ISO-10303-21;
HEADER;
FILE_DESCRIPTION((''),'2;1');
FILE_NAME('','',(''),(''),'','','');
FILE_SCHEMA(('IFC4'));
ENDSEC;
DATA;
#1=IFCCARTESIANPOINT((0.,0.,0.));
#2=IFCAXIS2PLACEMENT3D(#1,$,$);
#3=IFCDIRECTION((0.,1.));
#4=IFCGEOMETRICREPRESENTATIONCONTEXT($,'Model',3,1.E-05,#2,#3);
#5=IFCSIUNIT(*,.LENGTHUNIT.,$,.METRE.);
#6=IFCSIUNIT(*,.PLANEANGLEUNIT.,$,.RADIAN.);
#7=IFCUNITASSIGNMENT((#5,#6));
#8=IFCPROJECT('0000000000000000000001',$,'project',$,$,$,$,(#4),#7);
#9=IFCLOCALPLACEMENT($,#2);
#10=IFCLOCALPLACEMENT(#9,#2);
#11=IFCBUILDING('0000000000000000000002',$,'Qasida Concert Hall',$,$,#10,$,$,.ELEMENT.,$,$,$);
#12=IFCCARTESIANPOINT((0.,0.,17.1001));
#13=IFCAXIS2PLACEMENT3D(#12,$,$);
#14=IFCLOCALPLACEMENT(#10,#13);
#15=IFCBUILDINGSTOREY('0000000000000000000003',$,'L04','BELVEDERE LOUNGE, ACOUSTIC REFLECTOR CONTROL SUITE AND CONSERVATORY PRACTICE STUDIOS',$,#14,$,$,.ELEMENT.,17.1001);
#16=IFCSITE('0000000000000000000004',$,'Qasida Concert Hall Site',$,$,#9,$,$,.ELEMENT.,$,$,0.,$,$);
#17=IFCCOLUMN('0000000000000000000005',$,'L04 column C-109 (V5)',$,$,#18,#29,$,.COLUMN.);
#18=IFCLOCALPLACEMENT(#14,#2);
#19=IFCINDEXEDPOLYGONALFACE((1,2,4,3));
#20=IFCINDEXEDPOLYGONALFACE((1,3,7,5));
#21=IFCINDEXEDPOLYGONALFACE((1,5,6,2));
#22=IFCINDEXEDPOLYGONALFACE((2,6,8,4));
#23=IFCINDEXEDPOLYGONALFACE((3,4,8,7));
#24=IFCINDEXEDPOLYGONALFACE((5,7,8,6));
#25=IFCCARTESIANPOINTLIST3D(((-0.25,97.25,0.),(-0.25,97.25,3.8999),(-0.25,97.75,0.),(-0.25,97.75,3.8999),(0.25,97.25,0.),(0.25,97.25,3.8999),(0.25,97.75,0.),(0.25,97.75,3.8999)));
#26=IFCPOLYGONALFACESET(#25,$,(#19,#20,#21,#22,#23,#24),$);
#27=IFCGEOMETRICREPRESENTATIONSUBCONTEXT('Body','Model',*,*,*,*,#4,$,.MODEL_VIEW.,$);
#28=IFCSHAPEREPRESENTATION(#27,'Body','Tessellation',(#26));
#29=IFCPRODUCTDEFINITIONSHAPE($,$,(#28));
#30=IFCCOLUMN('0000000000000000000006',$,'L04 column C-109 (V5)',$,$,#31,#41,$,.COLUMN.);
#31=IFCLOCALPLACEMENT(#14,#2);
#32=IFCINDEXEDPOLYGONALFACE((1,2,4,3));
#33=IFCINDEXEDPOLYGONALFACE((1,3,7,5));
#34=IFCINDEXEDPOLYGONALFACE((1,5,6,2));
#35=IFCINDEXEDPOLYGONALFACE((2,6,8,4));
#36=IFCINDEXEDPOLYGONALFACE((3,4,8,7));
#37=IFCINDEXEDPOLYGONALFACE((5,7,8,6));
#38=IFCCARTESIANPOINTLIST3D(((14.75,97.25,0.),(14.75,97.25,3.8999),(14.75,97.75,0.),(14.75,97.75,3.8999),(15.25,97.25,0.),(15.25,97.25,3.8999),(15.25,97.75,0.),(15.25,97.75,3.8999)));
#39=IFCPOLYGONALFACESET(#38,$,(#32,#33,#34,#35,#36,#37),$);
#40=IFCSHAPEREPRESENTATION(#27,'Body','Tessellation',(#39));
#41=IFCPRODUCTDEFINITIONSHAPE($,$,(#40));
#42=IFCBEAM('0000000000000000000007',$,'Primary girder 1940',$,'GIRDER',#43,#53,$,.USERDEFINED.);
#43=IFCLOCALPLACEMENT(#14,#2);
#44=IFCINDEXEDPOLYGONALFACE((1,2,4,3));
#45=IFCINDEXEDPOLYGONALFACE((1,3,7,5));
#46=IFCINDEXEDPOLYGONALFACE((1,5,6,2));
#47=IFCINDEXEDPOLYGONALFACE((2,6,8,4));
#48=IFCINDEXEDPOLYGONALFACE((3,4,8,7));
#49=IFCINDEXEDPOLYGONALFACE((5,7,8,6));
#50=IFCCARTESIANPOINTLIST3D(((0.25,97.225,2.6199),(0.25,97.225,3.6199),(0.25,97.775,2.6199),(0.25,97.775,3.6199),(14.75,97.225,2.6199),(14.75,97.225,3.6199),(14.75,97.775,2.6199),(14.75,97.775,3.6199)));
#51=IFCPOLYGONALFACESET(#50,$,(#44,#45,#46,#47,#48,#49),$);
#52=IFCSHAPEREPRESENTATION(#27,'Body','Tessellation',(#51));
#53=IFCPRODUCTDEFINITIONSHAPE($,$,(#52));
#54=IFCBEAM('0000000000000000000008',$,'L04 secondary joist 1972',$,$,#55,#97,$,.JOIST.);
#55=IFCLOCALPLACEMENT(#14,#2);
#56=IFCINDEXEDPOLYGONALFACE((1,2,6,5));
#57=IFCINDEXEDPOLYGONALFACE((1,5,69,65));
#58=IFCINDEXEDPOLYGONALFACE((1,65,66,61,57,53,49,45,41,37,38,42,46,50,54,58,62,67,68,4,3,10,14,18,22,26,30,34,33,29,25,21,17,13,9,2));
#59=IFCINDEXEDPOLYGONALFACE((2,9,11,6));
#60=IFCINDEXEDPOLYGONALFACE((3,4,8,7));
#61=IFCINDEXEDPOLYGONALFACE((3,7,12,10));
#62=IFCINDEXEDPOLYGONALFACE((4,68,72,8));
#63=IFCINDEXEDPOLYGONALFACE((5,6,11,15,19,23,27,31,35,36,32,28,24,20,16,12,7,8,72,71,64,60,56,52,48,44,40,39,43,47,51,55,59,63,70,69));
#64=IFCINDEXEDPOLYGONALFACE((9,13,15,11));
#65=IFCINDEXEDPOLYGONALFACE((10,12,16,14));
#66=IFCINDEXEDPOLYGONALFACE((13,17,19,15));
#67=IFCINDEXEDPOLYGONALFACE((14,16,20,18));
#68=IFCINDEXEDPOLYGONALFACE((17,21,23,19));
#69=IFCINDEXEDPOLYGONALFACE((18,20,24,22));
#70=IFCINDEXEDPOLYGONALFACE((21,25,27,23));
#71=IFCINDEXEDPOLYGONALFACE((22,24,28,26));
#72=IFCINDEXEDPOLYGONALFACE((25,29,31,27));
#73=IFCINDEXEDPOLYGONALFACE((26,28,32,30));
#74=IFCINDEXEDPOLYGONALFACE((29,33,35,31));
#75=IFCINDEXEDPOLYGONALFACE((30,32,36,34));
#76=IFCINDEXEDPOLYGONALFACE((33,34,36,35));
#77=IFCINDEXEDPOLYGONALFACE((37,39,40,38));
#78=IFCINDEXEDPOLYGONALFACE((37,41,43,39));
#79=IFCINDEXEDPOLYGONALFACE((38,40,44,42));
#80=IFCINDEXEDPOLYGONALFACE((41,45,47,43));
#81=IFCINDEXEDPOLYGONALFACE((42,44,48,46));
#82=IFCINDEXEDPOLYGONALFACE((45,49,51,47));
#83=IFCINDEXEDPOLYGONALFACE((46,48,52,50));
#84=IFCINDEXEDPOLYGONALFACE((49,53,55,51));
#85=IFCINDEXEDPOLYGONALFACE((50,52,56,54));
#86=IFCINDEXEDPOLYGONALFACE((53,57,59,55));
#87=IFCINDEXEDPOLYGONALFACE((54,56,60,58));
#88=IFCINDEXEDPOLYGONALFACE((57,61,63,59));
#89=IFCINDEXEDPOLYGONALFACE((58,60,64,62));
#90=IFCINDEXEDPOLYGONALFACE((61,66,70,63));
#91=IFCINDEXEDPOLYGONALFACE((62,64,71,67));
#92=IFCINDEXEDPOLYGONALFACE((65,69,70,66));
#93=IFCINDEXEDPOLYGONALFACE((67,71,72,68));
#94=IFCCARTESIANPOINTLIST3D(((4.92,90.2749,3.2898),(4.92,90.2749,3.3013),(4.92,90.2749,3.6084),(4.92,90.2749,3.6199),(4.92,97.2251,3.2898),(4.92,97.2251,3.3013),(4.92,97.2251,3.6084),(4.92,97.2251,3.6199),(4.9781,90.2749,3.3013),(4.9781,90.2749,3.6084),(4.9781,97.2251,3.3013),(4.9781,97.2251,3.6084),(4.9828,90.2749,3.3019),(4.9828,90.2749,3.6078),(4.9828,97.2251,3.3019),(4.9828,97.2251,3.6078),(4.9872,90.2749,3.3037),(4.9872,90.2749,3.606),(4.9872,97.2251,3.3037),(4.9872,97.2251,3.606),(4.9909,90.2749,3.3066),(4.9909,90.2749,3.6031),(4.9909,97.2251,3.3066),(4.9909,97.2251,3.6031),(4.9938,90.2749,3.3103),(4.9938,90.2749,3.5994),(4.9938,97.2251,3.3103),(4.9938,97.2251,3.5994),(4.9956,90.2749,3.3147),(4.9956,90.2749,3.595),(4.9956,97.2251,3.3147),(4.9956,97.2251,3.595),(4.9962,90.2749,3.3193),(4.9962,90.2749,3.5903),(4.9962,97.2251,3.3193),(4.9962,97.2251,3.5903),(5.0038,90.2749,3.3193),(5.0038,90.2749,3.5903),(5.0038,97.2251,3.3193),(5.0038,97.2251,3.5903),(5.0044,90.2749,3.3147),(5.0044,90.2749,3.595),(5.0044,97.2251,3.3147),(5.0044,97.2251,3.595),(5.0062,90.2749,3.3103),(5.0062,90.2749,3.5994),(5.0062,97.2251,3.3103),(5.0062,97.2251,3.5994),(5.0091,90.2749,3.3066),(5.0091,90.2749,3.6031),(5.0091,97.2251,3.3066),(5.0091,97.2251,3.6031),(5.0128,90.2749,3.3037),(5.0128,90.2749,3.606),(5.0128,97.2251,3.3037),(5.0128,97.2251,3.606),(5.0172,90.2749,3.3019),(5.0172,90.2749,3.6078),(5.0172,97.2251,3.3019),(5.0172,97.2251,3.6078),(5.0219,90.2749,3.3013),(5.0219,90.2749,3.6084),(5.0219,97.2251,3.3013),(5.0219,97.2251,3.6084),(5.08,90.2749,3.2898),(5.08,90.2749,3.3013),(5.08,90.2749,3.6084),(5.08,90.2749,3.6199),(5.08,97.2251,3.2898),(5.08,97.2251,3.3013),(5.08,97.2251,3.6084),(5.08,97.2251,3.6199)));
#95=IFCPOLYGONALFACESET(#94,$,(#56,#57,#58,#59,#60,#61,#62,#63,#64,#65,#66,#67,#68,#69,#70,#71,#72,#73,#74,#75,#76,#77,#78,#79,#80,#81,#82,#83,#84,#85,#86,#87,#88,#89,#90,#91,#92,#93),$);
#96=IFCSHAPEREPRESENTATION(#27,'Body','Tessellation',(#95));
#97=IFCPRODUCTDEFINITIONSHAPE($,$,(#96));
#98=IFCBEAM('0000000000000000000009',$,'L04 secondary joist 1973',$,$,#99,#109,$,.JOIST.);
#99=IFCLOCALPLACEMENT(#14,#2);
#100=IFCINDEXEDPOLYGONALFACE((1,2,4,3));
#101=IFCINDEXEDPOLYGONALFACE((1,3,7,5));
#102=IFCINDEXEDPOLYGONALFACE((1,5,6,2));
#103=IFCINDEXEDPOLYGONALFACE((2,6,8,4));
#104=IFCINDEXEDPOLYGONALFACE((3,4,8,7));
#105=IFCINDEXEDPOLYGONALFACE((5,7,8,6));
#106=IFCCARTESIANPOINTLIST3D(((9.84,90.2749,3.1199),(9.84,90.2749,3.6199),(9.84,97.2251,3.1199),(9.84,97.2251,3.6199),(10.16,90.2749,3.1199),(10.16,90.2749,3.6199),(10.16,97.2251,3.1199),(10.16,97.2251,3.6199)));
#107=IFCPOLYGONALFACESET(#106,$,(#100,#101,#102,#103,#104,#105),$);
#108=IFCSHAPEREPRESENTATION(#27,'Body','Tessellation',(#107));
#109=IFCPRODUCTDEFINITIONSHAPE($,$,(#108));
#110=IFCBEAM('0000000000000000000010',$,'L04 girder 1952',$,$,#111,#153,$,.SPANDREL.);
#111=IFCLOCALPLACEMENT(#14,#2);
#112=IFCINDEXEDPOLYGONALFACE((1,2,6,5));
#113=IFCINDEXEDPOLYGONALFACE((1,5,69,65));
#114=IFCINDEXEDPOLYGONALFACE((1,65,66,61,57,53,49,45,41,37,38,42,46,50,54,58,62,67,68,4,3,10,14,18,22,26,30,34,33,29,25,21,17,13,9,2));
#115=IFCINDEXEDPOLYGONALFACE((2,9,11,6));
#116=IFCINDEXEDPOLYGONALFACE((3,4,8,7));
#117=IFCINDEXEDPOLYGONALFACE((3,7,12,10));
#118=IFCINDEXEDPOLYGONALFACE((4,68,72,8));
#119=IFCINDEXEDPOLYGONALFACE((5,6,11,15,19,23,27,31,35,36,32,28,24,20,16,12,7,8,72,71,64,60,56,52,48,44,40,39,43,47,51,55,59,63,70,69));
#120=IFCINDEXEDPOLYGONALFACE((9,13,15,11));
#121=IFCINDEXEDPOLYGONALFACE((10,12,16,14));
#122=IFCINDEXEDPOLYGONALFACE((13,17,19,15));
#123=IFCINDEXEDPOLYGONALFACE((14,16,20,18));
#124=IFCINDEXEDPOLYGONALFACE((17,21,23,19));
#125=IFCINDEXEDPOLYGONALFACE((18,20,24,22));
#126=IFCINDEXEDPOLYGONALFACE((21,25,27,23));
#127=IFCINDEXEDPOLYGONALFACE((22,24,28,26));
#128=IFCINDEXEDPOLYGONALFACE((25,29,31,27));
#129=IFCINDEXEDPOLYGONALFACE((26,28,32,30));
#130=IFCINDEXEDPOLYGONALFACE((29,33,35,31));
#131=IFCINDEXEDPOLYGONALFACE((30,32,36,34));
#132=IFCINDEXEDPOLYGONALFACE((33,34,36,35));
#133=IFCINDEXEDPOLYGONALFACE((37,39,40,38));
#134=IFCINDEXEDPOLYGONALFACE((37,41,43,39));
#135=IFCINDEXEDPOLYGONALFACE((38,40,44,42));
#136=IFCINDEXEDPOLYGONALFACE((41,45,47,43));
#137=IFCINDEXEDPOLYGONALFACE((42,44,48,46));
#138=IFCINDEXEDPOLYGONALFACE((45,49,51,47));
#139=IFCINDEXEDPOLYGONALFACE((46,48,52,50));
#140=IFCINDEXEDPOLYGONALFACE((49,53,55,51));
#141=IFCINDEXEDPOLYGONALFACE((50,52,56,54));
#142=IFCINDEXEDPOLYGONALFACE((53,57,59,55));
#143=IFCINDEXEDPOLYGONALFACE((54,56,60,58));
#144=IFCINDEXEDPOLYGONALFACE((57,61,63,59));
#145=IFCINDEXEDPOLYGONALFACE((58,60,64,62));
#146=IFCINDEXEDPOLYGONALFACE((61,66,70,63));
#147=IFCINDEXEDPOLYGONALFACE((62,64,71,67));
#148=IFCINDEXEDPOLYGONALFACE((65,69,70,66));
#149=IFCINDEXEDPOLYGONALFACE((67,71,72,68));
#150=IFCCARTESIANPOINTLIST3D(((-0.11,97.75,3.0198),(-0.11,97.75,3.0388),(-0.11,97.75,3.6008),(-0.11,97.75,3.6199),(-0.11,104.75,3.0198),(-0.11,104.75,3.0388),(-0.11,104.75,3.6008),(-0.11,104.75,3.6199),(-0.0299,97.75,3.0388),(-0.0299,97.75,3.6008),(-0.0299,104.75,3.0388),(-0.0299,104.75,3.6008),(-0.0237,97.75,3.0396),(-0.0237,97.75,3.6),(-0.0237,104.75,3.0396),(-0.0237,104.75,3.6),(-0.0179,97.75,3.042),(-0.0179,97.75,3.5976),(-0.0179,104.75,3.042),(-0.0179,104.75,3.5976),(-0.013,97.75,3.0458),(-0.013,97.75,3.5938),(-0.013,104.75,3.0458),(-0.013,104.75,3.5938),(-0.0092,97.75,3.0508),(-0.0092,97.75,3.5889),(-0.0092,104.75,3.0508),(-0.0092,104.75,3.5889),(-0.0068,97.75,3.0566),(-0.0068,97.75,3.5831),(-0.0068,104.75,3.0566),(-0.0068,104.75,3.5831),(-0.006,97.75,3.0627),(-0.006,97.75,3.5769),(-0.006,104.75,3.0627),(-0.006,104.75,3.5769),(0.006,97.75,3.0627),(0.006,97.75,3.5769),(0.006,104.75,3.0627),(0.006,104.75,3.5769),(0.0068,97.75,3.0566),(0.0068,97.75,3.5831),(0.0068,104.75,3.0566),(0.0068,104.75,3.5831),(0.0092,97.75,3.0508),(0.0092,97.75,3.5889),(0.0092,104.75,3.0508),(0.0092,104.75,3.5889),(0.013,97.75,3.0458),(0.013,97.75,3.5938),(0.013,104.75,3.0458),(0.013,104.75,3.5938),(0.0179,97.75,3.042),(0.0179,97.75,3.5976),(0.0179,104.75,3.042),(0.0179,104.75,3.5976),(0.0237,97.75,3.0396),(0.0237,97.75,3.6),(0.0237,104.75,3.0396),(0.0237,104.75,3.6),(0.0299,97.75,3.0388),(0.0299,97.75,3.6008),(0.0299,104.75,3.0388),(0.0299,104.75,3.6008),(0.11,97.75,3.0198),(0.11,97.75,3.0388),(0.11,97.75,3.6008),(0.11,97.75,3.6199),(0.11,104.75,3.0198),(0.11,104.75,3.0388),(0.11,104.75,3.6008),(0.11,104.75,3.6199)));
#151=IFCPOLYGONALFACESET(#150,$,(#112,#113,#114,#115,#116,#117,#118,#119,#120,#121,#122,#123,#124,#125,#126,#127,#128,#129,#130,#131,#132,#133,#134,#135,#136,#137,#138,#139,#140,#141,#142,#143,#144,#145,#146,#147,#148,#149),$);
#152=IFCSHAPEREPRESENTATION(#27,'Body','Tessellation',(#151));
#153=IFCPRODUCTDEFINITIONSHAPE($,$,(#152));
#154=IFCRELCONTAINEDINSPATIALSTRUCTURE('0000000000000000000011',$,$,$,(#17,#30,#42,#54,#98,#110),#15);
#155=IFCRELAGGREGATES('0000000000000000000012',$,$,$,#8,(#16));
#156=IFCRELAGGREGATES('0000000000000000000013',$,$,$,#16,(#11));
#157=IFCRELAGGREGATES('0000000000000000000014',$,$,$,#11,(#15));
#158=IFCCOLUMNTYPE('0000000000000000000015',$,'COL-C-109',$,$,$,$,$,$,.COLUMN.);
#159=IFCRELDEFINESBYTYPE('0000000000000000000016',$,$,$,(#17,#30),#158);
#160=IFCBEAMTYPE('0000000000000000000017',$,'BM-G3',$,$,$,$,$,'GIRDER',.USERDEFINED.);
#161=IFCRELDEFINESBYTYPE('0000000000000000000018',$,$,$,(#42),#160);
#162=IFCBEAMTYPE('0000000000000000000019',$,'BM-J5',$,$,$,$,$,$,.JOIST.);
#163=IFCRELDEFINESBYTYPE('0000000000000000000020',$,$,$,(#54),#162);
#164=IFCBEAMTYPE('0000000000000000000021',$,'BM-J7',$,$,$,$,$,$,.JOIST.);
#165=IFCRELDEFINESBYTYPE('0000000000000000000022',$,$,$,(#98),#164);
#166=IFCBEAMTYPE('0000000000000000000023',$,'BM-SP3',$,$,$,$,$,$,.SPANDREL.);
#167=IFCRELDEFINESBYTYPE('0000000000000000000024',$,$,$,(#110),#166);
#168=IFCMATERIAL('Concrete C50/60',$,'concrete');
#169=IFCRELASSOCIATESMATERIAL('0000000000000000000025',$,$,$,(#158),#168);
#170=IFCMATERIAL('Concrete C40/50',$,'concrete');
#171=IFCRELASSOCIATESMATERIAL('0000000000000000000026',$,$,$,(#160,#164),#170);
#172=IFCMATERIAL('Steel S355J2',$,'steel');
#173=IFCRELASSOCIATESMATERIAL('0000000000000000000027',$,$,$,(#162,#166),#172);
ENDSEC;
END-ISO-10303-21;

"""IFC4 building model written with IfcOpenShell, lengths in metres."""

from ifc_helpers import new_model, si_unit, direction, frame, origin, origin_2d, place, context, subcontext, project, spatial, rectangle, i_section, extrude, material, material_profile, profile_set, type_object, element, save


model = new_model("IFC4")

# Units and contexts
model_context = context("Model", 3, precision=1e-05, world=origin(), true_north=direction((0.0, 1.0)))
body_context = subcontext(model_context, "Body", "Model", "MODEL_VIEW")
ifc_project = project(units=[si_unit("LENGTHUNIT", "METRE"), si_unit("PLANEANGLEUNIT", "RADIAN")], contexts=[model_context])

# Site, building, storey
site_placement = place(None, origin())
site = spatial("IfcSite", under=ifc_project, at=site_placement, Name="Qasida Concert Hall Site", CompositionType="ELEMENT", RefElevation=0.0)
building_placement = place(site_placement, origin())
building = spatial("IfcBuilding", under=site, at=building_placement, Name="Qasida Concert Hall", CompositionType="ELEMENT")
storey_placement = place(building_placement, frame((0.0, 0.0, 17.1001)))
storey = spatial("IfcBuildingStorey", under=building, at=storey_placement, Name="L04", Description="BELVEDERE LOUNGE, ACOUSTIC REFLECTOR CONTROL SUITE AND CONSERVATORY PRACTICE STUDIOS", CompositionType="ELEMENT", Elevation=17.1001)

# Columns
ifc_material_1 = material(Name="Concrete C50/60", Category="concrete")
ifc_material_profile_1 = material_profile(ifc_material_1, rectangle(XDim=0.5, YDim=0.5, at=origin_2d()), Name="RC 500x500")
ifc_profile_set_1 = profile_set([ifc_material_profile_1], Name="Concrete C50/60")
column_type = type_object("IfcColumnType", Name="COL-C-109", PredefinedType="COLUMN", material=ifc_profile_set_1)
for number, where, z_axis, x_axis, name in (
    (1, (0.0, 97.5, 0.0), (0.0, 0.0, 1.0), (1.0, 0.0, 0.0), "L04 column C-109 (V5)"),
    (2, (15.0, 97.5, 0.0), (0.0, 0.0, 1.0), (1.0, 0.0, 0.0), "L04 column C-109 (V5)"),
):
    element("IfcColumn", number, at=place(storey_placement, frame(where, z_axis=z_axis, x_axis=x_axis)), inside=storey, type_object=column_type, Name=name, PredefinedType="COLUMN", context=body_context, shape_type="SweptSolid", body=[
        extrude(rectangle(XDim=0.5, YDim=0.5, at=origin_2d()), origin(), (0.0, 0.0, 1.0), 3.8999),
    ])

# Beams
ifc_material_2 = material(Name="Concrete C40/50", Category="concrete")
ifc_material_profile_2 = material_profile(ifc_material_2, rectangle(XDim=0.55, YDim=1.0, at=origin_2d()), Name="RC 550x1000")
ifc_profile_set_2 = profile_set([ifc_material_profile_2], Name="Concrete C40/50")
beam_type_1 = type_object("IfcBeamType", Name="BM-G3", ElementType="GIRDER", PredefinedType="USERDEFINED", material=ifc_profile_set_2)
beam_1_placement = place(storey_placement, frame((0.25, 97.5, 3.1199), z_axis=(1.0, 0.0, 0.0), x_axis=(0.0, 1.0, 0.0)))
element("IfcBeam", 3, at=beam_1_placement, inside=storey, type_object=beam_type_1, Name="Primary girder 1940", ObjectType="GIRDER", PredefinedType="USERDEFINED", context=body_context, shape_type="SweptSolid", body=[
    extrude(rectangle(XDim=0.55, YDim=1.0, at=origin_2d()), origin(), (0.0, 0.0, 1.0), 14.5),
])
ifc_material_3 = material(Name="Steel S355J2", Category="steel")
ifc_material_profile_3 = material_profile(ifc_material_3, i_section(OverallWidth=0.1599, OverallDepth=0.3301, WebThickness=0.0076, FlangeThickness=0.0115, FilletRadius=0.0181, at=origin_2d()), Name="IPE 330")
ifc_profile_set_3 = profile_set([ifc_material_profile_3], Name="Steel S355J2")
beam_type_2 = type_object("IfcBeamType", Name="BM-J5", PredefinedType="JOIST", material=ifc_profile_set_3)
beam_2_placement = place(storey_placement, frame((5.0, 90.2749, 3.4548), z_axis=(0.0, 1.0, 0.0), x_axis=(-1.0, 0.0, 0.0)))
element("IfcBeam", 4, at=beam_2_placement, inside=storey, type_object=beam_type_2, Name="L04 secondary joist 1972", PredefinedType="JOIST", context=body_context, shape_type="SweptSolid", body=[
    extrude(i_section(OverallWidth=0.1599, OverallDepth=0.3301, WebThickness=0.0076, FlangeThickness=0.0115, FilletRadius=0.0181, at=origin_2d()), origin(), (0.0, 0.0, 1.0), 6.9502),
])
ifc_material_profile_4 = material_profile(ifc_material_2, rectangle(XDim=0.3201, YDim=0.5, at=origin_2d()), Name="RC 320x500")
ifc_profile_set_4 = profile_set([ifc_material_profile_4], Name="Concrete C40/50")
beam_type_3 = type_object("IfcBeamType", Name="BM-J7", PredefinedType="JOIST", material=ifc_profile_set_4)
beam_3_placement = place(storey_placement, frame((10.0, 90.2749, 3.3699), z_axis=(0.0, 1.0, 0.0), x_axis=(-1.0, 0.0, 0.0)))
element("IfcBeam", 5, at=beam_3_placement, inside=storey, type_object=beam_type_3, Name="L04 secondary joist 1973", PredefinedType="JOIST", context=body_context, shape_type="SweptSolid", body=[
    extrude(rectangle(XDim=0.3201, YDim=0.5, at=origin_2d()), origin(), (0.0, 0.0, 1.0), 6.9502),
])
ifc_material_profile_5 = material_profile(ifc_material_3, i_section(OverallWidth=0.22, OverallDepth=0.6001, WebThickness=0.012, FlangeThickness=0.019, FilletRadius=0.0239, at=origin_2d()), Name="IPE 600")
ifc_profile_set_5 = profile_set([ifc_material_profile_5], Name="Steel S355J2")
beam_type_4 = type_object("IfcBeamType", Name="BM-SP3", PredefinedType="SPANDREL", material=ifc_profile_set_5)
beam_4_placement = place(storey_placement, frame((0.0, 97.75, 3.3198), z_axis=(0.0, 1.0, 0.0), x_axis=(-1.0, 0.0, 0.0)))
element("IfcBeam", 6, at=beam_4_placement, inside=storey, type_object=beam_type_4, Name="L04 girder 1952", PredefinedType="SPANDREL", context=body_context, shape_type="SweptSolid", body=[
    extrude(i_section(OverallWidth=0.22, OverallDepth=0.6001, WebThickness=0.012, FlangeThickness=0.019, FilletRadius=0.0239, at=origin_2d()), origin(), (0.0, 0.0, 1.0), 7.0),
])

save(model, "model.ifc")
